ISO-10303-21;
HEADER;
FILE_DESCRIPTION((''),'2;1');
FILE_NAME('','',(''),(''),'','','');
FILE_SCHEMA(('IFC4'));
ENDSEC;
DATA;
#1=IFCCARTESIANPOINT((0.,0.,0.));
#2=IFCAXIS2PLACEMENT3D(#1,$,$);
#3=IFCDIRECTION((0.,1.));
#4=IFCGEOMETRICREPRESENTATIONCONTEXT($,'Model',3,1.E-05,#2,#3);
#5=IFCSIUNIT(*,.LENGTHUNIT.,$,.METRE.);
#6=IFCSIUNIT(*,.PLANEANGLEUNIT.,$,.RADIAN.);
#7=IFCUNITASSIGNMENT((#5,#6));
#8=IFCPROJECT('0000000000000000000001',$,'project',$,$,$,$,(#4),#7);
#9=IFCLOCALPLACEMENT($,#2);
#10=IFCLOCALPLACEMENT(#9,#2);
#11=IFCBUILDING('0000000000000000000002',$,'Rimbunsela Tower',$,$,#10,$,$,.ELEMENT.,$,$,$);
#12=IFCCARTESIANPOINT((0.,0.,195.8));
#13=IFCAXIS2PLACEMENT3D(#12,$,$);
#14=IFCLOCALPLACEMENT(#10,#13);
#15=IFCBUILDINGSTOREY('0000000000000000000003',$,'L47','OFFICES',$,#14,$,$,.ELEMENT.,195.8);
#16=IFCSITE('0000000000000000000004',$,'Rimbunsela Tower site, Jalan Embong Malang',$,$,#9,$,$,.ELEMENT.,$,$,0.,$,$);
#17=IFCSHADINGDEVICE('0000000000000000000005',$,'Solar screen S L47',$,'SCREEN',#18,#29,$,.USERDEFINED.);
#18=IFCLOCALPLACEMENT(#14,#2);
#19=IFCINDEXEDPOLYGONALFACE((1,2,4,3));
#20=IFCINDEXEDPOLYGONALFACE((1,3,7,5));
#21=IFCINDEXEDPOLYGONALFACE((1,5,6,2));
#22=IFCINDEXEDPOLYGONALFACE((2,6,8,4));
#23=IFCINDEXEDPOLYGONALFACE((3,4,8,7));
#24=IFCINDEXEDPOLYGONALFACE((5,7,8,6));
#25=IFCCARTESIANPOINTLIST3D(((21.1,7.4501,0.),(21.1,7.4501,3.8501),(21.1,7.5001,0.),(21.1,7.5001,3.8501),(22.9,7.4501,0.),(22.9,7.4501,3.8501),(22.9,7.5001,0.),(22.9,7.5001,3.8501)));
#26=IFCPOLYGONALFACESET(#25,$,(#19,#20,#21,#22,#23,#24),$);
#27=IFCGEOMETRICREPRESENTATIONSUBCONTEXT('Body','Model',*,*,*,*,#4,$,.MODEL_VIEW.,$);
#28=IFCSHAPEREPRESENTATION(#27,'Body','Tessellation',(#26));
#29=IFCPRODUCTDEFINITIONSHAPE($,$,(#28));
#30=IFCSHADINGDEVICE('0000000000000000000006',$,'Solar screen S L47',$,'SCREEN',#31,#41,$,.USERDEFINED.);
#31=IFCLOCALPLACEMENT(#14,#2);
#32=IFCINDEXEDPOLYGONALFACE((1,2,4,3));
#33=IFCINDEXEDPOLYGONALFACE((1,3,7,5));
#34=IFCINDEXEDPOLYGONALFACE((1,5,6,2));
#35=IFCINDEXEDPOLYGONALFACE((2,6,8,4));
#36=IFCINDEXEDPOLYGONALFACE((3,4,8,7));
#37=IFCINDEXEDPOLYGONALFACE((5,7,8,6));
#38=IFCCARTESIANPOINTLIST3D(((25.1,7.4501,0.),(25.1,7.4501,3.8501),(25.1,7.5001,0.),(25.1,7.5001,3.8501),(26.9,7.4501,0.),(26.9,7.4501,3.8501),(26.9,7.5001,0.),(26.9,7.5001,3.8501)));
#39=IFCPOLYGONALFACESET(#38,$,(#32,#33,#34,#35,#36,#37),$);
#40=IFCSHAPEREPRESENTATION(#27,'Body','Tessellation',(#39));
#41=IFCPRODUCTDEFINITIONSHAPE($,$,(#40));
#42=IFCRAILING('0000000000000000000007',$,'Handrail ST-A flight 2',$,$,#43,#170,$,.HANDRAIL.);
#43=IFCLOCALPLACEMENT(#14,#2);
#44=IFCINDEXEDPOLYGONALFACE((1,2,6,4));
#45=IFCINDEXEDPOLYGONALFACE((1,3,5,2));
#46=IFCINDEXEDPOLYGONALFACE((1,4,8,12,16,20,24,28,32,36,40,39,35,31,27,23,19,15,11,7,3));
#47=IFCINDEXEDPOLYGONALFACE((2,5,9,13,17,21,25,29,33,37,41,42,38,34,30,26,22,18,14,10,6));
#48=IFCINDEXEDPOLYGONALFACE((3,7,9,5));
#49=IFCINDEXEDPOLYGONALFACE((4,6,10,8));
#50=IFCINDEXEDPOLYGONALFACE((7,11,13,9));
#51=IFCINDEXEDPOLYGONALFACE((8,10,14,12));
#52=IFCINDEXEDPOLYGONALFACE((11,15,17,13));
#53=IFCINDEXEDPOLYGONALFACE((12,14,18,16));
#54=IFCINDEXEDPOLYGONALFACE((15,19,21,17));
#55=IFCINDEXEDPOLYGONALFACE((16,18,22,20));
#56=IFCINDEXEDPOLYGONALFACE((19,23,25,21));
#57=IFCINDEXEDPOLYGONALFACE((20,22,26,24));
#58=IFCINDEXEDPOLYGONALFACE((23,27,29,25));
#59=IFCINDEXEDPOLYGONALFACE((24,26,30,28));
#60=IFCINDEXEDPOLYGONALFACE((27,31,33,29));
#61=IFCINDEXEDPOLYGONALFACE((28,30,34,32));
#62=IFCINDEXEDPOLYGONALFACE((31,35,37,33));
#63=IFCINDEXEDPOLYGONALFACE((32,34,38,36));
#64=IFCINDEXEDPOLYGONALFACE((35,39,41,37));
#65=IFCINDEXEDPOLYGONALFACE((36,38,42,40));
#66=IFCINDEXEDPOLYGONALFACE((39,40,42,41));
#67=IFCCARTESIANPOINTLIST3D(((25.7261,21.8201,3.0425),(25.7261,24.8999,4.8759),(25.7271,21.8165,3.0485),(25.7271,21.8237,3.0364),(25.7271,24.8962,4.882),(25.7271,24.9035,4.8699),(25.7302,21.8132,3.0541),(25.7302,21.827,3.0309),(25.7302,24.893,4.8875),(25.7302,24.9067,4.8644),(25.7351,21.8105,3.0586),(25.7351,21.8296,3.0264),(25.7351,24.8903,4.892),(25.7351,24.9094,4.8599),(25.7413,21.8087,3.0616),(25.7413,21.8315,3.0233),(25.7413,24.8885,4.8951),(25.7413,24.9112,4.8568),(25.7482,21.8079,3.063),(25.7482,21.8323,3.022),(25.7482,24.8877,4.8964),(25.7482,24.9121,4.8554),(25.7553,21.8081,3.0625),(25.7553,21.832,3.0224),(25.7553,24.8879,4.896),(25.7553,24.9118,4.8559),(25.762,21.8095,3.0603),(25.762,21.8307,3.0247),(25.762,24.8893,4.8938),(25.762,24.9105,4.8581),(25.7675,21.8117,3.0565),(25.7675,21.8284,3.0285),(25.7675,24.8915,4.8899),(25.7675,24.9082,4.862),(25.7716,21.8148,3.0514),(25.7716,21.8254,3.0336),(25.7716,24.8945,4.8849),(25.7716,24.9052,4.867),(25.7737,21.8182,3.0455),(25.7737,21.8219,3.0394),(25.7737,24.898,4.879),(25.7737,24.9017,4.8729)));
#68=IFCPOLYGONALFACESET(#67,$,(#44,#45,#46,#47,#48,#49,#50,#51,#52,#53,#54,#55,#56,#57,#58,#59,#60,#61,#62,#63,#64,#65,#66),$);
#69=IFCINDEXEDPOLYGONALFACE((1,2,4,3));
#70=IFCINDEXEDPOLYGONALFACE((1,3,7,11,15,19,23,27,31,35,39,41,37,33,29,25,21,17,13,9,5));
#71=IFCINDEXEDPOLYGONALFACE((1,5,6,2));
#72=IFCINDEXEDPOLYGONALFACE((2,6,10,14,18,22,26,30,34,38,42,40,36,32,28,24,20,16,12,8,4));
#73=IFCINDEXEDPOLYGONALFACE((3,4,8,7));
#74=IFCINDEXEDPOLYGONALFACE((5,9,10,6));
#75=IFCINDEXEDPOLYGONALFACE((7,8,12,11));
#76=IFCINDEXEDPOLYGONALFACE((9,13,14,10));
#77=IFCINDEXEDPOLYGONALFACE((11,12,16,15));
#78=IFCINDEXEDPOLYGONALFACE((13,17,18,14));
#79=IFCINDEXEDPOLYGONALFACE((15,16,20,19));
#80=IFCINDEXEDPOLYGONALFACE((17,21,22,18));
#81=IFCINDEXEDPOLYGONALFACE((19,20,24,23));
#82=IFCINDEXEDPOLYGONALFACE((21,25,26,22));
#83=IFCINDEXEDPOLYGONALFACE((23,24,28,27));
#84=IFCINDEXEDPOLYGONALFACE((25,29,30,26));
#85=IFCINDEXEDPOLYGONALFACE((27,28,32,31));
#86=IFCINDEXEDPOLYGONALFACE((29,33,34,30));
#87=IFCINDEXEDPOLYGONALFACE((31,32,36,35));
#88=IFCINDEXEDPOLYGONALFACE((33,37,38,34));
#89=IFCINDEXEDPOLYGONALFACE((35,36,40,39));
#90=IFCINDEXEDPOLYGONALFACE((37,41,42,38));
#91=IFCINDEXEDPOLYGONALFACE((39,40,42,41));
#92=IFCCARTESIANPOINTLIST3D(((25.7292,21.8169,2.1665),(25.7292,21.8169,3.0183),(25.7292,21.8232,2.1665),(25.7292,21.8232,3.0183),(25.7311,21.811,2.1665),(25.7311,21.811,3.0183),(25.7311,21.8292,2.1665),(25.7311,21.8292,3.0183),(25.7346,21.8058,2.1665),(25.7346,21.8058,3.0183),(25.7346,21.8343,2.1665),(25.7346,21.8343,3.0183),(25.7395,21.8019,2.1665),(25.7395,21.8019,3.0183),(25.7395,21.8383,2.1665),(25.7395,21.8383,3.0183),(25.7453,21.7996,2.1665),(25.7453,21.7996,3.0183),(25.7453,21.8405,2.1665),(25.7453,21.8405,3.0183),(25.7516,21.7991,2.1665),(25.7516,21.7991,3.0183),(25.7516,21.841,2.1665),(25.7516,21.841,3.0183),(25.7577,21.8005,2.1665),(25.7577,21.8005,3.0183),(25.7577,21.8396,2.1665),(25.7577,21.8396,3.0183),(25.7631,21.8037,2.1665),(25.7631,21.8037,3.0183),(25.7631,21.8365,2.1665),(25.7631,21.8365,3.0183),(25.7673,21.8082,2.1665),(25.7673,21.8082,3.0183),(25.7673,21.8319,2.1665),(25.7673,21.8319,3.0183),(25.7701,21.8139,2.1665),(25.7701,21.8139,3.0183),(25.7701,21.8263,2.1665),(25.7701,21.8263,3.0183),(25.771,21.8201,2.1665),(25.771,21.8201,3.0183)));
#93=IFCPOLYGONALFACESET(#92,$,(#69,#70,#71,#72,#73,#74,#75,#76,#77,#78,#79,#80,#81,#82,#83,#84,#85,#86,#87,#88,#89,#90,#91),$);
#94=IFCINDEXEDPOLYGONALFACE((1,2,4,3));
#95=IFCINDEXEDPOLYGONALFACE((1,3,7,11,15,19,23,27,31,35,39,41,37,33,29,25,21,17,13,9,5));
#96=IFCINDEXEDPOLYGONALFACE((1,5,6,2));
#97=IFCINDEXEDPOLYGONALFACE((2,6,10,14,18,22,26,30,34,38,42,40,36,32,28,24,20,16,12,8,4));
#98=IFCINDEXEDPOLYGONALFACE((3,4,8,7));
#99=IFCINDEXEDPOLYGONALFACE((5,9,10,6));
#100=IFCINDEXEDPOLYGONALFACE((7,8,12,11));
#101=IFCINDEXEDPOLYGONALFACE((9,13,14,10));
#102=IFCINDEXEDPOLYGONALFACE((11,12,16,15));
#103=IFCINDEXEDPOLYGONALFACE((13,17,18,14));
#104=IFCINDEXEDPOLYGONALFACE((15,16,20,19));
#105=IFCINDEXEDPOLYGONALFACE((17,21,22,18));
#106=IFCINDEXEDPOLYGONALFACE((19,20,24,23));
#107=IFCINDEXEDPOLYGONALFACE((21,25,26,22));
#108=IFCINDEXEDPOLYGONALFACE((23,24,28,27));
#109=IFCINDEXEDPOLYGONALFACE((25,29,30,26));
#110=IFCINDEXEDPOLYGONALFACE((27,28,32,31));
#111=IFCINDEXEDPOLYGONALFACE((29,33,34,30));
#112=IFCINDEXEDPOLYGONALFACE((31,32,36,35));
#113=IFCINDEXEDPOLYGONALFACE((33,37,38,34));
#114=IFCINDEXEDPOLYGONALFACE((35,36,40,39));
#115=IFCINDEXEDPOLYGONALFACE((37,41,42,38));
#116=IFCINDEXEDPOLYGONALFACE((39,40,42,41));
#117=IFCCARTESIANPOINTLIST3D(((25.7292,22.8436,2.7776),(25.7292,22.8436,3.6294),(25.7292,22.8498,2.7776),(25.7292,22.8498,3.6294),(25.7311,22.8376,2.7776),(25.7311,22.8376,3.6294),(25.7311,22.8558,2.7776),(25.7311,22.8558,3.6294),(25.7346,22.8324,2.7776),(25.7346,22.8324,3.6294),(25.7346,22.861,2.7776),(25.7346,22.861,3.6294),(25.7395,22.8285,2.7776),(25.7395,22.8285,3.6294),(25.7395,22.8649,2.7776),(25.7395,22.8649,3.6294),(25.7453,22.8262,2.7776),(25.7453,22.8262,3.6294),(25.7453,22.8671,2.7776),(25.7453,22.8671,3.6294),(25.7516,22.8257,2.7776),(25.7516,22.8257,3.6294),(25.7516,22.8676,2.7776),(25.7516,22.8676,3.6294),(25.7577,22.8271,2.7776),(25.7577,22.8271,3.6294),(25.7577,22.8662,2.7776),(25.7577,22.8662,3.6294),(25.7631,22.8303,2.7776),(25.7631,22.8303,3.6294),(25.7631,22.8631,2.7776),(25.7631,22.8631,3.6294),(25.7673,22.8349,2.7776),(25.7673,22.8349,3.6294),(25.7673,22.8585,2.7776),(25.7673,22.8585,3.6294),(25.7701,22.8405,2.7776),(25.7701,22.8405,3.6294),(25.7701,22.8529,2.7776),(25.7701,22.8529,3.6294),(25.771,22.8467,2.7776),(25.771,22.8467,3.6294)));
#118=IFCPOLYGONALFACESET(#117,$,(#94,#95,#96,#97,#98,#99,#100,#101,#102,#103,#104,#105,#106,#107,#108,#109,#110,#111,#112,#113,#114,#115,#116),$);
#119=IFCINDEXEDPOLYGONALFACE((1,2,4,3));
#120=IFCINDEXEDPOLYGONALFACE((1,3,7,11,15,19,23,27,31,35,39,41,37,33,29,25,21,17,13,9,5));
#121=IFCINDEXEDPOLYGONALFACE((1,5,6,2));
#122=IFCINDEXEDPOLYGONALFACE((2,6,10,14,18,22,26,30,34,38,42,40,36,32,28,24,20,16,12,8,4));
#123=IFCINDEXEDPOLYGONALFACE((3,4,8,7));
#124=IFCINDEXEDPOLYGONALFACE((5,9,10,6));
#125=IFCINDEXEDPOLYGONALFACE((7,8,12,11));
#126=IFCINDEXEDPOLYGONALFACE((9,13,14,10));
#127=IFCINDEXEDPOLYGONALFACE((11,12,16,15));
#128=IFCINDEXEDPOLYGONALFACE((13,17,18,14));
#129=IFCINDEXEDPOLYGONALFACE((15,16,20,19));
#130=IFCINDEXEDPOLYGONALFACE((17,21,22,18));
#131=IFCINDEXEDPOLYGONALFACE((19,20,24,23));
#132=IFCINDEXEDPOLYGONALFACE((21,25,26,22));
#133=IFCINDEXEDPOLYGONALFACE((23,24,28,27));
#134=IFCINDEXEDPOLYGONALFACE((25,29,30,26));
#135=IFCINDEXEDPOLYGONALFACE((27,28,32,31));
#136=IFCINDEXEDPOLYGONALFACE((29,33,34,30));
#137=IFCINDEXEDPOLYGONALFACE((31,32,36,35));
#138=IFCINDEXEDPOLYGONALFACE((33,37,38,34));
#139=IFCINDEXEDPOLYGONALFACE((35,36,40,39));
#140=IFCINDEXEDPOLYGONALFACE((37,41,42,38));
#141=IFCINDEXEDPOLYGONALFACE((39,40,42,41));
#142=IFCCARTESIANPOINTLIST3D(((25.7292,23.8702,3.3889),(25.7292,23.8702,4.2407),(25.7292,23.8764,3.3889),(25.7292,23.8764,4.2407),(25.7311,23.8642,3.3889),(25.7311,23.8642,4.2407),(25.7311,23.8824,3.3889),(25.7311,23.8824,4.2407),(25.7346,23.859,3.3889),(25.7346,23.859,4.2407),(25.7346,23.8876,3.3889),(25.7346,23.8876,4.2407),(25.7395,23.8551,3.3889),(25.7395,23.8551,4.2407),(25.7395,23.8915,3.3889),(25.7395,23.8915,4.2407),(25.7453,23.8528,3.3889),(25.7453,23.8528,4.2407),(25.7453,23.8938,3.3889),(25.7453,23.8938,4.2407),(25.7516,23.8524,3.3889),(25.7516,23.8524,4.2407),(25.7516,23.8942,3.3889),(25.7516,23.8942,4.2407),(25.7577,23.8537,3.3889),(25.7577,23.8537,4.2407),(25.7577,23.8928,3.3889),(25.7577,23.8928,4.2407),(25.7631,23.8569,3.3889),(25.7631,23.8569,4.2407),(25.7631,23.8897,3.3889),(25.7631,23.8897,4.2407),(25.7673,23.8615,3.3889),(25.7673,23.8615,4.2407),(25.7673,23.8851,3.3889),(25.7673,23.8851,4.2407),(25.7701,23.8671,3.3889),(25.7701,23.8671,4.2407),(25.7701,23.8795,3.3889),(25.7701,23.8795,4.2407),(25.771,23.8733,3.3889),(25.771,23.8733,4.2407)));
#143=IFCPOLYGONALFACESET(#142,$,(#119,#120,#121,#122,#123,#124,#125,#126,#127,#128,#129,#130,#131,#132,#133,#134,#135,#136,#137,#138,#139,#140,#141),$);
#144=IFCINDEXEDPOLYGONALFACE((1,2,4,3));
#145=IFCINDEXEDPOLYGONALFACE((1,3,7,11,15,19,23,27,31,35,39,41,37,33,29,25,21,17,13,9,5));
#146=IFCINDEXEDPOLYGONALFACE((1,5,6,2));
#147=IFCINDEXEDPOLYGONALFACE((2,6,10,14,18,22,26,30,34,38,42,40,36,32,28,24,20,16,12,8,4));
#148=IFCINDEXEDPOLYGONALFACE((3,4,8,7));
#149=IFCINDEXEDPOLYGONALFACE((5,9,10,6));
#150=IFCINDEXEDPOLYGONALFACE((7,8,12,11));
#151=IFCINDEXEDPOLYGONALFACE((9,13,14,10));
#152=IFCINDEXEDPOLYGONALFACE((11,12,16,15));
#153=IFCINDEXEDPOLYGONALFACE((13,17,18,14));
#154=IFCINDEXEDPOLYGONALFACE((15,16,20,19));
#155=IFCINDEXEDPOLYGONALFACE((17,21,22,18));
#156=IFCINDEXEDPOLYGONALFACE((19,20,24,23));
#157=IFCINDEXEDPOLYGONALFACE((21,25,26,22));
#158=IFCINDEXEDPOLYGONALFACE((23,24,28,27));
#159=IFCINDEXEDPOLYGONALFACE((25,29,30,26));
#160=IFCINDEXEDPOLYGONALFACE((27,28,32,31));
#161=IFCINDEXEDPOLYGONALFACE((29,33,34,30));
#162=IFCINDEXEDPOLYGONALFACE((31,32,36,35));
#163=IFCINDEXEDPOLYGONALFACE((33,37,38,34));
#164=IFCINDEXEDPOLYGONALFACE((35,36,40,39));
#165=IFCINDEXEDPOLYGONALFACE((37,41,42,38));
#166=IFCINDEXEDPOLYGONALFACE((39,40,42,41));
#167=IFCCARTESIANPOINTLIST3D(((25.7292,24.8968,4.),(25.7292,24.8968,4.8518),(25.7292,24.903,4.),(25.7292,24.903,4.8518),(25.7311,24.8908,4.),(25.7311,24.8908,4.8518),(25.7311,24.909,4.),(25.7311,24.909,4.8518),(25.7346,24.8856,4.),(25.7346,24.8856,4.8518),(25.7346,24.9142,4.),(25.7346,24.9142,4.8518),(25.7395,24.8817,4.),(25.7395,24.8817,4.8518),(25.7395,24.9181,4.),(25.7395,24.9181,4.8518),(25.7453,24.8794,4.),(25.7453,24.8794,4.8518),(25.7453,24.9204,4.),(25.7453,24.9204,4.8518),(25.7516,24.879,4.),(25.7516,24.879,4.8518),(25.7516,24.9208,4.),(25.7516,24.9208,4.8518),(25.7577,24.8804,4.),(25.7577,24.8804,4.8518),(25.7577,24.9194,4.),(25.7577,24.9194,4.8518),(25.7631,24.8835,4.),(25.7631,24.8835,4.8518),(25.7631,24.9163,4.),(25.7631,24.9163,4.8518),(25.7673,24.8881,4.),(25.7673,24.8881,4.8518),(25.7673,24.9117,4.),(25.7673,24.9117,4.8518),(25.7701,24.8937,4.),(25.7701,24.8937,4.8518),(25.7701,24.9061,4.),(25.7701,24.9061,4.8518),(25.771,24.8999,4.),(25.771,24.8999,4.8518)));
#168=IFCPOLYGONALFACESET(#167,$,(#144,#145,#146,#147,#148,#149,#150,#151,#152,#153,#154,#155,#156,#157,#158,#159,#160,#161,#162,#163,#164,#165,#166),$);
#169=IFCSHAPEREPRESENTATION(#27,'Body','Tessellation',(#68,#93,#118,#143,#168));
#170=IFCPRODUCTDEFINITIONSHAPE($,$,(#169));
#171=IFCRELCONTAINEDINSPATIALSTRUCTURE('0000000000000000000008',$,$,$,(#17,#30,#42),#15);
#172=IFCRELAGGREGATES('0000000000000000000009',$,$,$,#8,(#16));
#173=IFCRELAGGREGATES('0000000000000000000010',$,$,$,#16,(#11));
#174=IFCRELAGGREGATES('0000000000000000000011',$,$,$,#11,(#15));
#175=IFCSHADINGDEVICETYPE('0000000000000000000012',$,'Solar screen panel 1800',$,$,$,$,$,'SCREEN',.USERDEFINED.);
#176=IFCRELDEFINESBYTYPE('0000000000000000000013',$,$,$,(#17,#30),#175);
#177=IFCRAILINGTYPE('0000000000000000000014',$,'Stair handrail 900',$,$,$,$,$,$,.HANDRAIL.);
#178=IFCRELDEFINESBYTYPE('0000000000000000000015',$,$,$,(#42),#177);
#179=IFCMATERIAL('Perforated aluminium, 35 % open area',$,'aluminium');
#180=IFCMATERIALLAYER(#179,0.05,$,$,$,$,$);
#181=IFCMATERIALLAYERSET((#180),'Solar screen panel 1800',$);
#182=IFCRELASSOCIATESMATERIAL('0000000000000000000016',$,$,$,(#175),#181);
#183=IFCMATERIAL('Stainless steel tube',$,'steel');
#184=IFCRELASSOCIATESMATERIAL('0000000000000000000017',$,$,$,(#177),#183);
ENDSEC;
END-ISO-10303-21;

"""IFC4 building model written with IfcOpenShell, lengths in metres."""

from ifc_helpers import new_model, si_unit, direction, frame, origin, origin_2d, place, context, subcontext, project, spatial, rectangle, circle, extrude, material, layer, layer_set, type_object, element, save


model = new_model("IFC4")

# Units and contexts
model_context = context("Model", 3, precision=1e-05, world=origin(), true_north=direction((0.0, 1.0)))
body_context = subcontext(model_context, "Body", "Model", "MODEL_VIEW")
ifc_project = project(units=[si_unit("LENGTHUNIT", "METRE"), si_unit("PLANEANGLEUNIT", "RADIAN")], contexts=[model_context])

# Site, building, storey
site_placement = place(None, origin())
site = spatial("IfcSite", under=ifc_project, at=site_placement, Name="Rimbunsela Tower site, Jalan Embong Malang", CompositionType="ELEMENT", RefElevation=0.0)
building_placement = place(site_placement, origin())
building = spatial("IfcBuilding", under=site, at=building_placement, Name="Rimbunsela Tower", CompositionType="ELEMENT")
storey_placement = place(building_placement, frame((0.0, 0.0, 195.8)))
storey = spatial("IfcBuildingStorey", under=building, at=storey_placement, Name="L47", Description="OFFICES", CompositionType="ELEMENT", Elevation=195.8)

# Shading devices
ifc_material_1 = material(Name="Perforated aluminium, 35 % open area", Category="aluminium")
ifc_layer_1 = layer(ifc_material_1, 0.05)
ifc_layer_set_1 = layer_set([ifc_layer_1], Name="Solar screen panel 1800")
shading_device_type = type_object("IfcShadingDeviceType", Name="Solar screen panel 1800", ElementType="SCREEN", PredefinedType="USERDEFINED", material=ifc_layer_set_1)
for number, where, z_axis, x_axis, name in (
    (1, (22.0, 7.4751, 0.0), (0.0, 0.0, 1.0), (1.0, 0.0, 0.0), "Solar screen S L47"),
    (2, (26.0, 7.4751, 0.0), (0.0, 0.0, 1.0), (1.0, 0.0, 0.0), "Solar screen S L47"),
):
    element("IfcShadingDevice", number, at=place(storey_placement, frame(where, z_axis=z_axis, x_axis=x_axis)), inside=storey, type_object=shading_device_type, Name=name, ObjectType="SCREEN", PredefinedType="USERDEFINED", context=body_context, shape_type="SweptSolid", body=[
        extrude(rectangle(XDim=1.8, YDim=0.05, at=origin_2d()), origin(), (0.0, 0.0, 1.0), 3.8501),
    ])

# Railing
ifc_material_2 = material(Name="Stainless steel tube", Category="steel")
railing_type = type_object("IfcRailingType", Name="Stair handrail 900", PredefinedType="HANDRAIL", material=ifc_material_2)
railing_placement = place(storey_placement, frame((25.75, 21.8201, 2.1665)))
element("IfcRailing", 3, at=railing_placement, inside=storey, type_object=railing_type, Name="Handrail ST-A flight 2", PredefinedType="HANDRAIL", context=body_context, shape_type="SweptSolid", body=[
    extrude(circle(Radius=0.0239, at=origin_2d()), frame((0.0, 0.0, 0.876), z_axis=(0.0, 0.859261, 0.511538), x_axis=(-1.0, 0.0, 0.0)), (0.0, 0.0, 1.0), 3.5842),
    extrude(circle(Radius=0.021, at=origin_2d()), origin(), (0.0, 0.0, 1.0), 0.8518),
    extrude(circle(Radius=0.021, at=origin_2d()), frame((0.0, 1.0266, 0.6111)), (0.0, 0.0, 1.0), 0.8518),
    extrude(circle(Radius=0.021, at=origin_2d()), frame((0.0, 2.0532, 1.2224)), (0.0, 0.0, 1.0), 0.8518),
    extrude(circle(Radius=0.021, at=origin_2d()), frame((0.0, 3.0798, 1.8335)), (0.0, 0.0, 1.0), 0.8518),
])

save(model, "model.ifc")
